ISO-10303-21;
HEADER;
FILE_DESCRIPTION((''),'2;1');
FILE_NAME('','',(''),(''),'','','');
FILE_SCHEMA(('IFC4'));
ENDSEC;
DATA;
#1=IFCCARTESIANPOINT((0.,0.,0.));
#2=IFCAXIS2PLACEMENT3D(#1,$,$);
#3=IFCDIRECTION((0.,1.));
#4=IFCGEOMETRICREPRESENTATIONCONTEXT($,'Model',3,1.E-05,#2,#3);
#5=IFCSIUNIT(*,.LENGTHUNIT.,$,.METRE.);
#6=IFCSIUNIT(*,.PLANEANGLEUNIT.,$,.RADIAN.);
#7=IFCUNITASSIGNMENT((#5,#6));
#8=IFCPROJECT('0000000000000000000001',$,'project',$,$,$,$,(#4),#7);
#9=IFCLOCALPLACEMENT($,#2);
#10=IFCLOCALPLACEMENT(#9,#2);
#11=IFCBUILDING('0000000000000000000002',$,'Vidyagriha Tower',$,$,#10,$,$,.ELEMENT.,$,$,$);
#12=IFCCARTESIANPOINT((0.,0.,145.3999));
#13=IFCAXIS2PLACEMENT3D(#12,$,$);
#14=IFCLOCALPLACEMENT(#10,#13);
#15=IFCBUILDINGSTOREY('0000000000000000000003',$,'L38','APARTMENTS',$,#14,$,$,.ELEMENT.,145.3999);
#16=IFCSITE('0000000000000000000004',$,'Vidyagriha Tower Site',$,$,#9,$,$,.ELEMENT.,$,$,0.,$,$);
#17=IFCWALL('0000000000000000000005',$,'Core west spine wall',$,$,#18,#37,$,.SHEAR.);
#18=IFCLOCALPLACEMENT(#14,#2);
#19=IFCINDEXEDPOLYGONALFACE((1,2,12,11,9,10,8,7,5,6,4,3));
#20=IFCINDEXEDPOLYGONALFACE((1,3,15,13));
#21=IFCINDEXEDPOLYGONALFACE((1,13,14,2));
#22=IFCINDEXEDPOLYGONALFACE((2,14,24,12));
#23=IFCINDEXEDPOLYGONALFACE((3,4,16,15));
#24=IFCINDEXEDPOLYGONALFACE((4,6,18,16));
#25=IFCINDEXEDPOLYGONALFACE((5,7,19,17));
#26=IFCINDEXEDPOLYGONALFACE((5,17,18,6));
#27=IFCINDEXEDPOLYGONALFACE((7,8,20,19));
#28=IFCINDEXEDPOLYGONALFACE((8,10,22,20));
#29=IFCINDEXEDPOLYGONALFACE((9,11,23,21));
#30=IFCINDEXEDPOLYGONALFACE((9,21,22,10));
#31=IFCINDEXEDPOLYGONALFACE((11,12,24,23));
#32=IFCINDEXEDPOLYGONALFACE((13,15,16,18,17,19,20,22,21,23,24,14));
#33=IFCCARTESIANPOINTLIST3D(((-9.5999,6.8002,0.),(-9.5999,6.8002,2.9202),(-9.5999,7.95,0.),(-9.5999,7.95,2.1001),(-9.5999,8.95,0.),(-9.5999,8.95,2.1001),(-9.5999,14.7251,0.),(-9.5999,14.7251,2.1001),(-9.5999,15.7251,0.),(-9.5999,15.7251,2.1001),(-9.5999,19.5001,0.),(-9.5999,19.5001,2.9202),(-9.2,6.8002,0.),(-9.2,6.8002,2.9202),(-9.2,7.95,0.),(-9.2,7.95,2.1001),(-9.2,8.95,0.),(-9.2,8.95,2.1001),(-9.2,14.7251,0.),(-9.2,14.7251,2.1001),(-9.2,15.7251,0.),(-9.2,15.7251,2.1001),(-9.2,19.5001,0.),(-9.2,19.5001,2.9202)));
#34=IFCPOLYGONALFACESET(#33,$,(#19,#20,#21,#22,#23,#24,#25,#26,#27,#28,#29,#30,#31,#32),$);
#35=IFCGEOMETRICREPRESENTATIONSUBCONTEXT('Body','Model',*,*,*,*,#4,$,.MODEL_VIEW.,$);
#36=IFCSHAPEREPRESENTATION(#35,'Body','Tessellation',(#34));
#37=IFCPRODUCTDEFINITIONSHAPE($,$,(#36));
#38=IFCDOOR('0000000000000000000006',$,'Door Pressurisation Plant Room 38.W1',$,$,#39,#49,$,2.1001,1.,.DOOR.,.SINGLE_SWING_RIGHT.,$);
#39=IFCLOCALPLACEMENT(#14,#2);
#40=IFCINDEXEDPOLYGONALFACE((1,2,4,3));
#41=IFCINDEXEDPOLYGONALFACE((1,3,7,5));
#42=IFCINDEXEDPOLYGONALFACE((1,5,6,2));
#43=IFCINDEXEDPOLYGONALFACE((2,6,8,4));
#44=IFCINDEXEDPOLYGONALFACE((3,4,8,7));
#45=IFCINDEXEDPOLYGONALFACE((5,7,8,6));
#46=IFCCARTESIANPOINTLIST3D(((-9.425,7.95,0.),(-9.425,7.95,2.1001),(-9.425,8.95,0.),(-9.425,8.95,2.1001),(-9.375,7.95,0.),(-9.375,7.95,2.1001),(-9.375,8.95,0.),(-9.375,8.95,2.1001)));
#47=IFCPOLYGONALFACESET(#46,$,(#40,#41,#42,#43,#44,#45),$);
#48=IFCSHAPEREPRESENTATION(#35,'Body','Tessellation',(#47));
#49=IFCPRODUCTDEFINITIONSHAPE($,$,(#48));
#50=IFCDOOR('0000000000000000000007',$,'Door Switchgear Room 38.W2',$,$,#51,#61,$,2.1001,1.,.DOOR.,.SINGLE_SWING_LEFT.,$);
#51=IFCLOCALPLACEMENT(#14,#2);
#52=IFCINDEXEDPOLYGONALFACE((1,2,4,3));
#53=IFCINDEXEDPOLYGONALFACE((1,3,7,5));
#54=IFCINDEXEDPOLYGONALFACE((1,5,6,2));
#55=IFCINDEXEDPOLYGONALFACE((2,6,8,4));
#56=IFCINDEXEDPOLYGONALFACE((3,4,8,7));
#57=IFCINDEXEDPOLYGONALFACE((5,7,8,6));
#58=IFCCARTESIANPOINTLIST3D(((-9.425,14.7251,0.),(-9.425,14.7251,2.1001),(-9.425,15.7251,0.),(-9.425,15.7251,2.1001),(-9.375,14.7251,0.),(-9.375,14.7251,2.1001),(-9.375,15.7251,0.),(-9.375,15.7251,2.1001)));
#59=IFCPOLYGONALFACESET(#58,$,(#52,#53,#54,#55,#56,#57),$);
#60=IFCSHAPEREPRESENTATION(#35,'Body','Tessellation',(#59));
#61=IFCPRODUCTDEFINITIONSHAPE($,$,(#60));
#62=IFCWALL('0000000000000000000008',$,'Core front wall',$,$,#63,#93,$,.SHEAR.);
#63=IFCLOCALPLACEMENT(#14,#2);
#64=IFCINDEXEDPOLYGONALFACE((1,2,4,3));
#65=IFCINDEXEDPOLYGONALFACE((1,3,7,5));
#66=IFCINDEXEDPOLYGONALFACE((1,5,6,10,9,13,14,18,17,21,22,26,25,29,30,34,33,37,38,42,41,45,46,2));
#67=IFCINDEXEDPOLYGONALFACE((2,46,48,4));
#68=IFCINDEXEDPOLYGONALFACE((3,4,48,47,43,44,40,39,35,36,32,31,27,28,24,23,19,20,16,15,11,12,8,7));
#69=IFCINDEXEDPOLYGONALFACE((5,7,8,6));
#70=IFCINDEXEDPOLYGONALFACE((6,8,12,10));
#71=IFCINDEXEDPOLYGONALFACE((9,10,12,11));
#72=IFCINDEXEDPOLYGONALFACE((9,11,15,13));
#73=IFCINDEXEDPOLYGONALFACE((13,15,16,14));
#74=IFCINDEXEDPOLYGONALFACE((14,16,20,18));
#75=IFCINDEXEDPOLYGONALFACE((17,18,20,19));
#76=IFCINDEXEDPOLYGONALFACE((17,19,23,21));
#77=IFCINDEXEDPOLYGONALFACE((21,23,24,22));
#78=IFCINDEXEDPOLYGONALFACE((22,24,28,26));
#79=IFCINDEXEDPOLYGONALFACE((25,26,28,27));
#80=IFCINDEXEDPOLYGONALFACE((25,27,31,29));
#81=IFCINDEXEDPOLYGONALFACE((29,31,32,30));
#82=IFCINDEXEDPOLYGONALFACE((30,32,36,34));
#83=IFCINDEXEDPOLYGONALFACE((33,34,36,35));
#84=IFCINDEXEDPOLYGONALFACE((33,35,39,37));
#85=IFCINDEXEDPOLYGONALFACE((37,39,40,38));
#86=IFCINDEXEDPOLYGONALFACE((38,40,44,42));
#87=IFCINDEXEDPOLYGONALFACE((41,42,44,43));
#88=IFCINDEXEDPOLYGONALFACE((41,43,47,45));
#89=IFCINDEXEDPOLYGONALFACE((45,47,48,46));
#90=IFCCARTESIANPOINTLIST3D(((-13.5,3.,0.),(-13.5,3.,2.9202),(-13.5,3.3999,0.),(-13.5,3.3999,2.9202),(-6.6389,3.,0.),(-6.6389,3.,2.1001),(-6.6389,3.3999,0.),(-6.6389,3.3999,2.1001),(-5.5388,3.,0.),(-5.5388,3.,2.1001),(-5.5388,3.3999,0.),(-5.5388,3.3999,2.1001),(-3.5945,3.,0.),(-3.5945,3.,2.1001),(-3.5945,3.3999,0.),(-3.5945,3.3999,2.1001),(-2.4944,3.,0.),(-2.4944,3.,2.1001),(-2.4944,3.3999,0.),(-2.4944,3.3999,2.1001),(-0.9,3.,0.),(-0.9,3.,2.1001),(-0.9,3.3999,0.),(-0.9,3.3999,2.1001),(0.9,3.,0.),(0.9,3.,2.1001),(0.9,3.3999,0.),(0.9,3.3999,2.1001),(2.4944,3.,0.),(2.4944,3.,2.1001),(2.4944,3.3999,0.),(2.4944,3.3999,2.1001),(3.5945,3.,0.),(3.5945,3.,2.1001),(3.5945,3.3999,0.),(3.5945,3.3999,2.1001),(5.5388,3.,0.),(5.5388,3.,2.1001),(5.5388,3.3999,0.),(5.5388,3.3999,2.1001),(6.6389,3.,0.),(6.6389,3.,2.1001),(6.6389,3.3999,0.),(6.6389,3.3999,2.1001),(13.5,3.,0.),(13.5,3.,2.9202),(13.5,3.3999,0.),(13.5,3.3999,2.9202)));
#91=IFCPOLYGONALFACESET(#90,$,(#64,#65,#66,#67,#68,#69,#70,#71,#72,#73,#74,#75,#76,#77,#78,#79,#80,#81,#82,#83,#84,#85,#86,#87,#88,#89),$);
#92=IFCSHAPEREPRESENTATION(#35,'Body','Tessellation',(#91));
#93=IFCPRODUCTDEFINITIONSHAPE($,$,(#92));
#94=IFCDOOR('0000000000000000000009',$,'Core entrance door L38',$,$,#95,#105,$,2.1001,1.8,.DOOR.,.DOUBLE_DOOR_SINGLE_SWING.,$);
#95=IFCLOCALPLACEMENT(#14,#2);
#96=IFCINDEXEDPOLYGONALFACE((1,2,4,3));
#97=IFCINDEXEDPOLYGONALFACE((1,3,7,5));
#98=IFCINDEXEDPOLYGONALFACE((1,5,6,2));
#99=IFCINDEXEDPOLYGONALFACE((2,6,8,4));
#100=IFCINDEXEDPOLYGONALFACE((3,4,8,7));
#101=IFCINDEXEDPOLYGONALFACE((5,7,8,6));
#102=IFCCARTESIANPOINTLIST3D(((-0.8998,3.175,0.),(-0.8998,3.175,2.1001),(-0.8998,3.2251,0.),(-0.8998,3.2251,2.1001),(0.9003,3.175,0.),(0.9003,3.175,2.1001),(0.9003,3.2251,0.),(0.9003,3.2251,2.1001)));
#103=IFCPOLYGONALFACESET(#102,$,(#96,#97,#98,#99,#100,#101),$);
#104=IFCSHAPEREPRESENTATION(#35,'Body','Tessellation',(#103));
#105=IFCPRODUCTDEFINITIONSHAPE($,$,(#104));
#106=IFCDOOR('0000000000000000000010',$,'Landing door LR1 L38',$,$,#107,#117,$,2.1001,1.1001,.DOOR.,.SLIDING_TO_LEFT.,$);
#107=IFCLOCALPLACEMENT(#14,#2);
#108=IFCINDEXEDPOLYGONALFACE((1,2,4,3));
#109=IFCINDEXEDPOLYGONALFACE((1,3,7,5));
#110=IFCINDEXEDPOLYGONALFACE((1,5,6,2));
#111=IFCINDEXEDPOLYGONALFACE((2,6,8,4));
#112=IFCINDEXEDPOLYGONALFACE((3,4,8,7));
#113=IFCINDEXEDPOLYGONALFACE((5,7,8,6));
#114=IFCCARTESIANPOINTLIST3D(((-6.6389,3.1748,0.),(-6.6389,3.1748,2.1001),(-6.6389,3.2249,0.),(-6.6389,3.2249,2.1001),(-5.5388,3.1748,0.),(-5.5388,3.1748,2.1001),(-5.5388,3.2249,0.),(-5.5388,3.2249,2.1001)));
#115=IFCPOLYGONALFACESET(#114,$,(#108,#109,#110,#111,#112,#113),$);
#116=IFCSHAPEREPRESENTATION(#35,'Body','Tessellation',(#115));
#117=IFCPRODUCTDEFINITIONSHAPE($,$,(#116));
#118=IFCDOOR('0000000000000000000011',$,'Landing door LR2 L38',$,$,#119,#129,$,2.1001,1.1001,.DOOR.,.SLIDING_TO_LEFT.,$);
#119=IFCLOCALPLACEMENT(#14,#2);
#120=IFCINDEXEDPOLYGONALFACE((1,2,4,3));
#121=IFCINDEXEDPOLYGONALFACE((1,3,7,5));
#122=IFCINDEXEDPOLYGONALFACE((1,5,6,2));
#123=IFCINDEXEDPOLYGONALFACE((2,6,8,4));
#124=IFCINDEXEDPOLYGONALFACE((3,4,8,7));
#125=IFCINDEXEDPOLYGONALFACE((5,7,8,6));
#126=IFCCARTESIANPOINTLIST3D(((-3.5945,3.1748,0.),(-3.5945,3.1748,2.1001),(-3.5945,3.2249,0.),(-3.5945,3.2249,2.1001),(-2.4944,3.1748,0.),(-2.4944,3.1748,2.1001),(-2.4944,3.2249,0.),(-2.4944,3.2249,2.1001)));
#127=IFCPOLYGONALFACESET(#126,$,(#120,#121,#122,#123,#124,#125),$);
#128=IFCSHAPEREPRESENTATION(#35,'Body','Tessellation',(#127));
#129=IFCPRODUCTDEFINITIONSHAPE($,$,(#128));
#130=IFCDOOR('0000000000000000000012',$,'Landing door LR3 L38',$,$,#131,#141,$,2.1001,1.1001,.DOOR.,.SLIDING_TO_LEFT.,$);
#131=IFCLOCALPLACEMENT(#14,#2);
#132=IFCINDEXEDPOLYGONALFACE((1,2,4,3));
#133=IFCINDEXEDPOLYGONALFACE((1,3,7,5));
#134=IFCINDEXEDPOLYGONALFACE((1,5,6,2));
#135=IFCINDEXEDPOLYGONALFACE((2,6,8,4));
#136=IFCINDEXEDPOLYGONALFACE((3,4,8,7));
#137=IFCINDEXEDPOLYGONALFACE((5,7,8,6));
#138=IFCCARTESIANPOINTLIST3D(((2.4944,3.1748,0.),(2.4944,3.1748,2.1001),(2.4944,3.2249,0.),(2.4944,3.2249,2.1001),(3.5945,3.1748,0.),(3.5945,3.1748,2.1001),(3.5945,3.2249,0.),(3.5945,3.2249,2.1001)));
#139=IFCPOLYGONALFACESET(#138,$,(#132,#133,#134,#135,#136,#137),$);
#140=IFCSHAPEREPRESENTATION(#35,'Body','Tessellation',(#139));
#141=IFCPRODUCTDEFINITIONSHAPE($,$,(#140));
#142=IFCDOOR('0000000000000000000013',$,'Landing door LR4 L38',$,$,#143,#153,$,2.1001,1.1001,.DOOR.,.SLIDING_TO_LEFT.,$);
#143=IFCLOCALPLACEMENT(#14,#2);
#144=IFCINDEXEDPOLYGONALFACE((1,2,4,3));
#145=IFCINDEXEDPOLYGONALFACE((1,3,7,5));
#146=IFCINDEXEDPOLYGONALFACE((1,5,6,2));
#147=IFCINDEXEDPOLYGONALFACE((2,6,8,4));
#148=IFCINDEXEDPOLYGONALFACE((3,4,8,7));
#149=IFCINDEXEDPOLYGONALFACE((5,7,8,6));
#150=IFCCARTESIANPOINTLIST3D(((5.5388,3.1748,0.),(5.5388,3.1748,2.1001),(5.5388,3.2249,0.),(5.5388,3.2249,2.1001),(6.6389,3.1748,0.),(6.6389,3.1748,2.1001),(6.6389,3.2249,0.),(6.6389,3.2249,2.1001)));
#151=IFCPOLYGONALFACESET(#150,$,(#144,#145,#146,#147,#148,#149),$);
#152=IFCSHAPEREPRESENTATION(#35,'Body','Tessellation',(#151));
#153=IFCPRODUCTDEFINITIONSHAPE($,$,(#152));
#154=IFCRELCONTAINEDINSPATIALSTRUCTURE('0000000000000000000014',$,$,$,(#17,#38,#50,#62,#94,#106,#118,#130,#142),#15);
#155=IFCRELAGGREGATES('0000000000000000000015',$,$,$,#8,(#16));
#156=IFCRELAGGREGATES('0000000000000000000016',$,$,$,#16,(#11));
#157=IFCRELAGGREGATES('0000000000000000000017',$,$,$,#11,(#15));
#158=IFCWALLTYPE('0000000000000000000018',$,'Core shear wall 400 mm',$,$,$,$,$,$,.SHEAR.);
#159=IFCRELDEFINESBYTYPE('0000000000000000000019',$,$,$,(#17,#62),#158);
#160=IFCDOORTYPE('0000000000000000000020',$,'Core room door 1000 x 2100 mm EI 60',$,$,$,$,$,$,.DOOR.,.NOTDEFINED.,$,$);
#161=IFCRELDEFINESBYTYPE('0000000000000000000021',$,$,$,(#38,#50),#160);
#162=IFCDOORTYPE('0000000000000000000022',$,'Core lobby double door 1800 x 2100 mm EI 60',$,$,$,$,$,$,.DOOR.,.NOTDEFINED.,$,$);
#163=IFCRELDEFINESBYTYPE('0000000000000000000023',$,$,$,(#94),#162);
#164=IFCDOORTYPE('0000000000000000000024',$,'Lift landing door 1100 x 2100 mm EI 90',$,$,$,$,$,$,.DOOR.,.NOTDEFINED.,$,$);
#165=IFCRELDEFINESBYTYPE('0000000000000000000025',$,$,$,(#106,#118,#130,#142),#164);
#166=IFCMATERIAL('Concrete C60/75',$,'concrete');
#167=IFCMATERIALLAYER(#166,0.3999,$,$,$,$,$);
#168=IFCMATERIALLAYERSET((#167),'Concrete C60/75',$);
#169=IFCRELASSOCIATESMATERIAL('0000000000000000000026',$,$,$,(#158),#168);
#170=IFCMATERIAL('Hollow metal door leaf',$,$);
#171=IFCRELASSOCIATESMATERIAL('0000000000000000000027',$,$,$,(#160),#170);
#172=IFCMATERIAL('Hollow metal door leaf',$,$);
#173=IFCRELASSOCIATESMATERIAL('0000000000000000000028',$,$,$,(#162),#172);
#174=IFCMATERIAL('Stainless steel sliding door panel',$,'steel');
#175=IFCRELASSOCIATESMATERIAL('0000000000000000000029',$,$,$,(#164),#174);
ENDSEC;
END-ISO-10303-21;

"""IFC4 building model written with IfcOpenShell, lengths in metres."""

from ifc_helpers import new_model, si_unit, direction, frame, frame_2d, origin, place, context, subcontext, project, spatial, rectangle, extrude, material, layer, layer_set, type_object, element, fill, save


model = new_model("IFC4")

# Units and contexts
model_context = context("Model", 3, precision=1e-05, world=origin(), true_north=direction((0.0, 1.0)))
body_context = subcontext(model_context, "Body", "Model", "MODEL_VIEW")
ifc_project = project(units=[si_unit("LENGTHUNIT", "METRE"), si_unit("PLANEANGLEUNIT", "RADIAN")], contexts=[model_context])

# Site, building, storey
site_placement = place(None, origin())
site = spatial("IfcSite", under=ifc_project, at=site_placement, Name="Vidyagriha Tower Site", CompositionType="ELEMENT", RefElevation=0.0)
building_placement = place(site_placement, origin())
building = spatial("IfcBuilding", under=site, at=building_placement, Name="Vidyagriha Tower", CompositionType="ELEMENT")
storey_placement = place(building_placement, frame((0.0, 0.0, 145.3999)))
storey = spatial("IfcBuildingStorey", under=building, at=storey_placement, Name="L38", Description="APARTMENTS", CompositionType="ELEMENT", Elevation=145.3999)

# Walls, openings, doors
ifc_material_1 = material(Name="Concrete C60/75", Category="concrete")
ifc_layer_1 = layer(ifc_material_1, 0.3999)
ifc_layer_set_1 = layer_set([ifc_layer_1], Name="Concrete C60/75")
wall_type_1 = type_object("IfcWallType", Name="Core shear wall 400 mm", PredefinedType="SHEAR", material=ifc_layer_set_1)
wall_1_placement = place(storey_placement, frame((-9.3999, 6.8, 0.0), z_axis=(0.0, 0.0, 1.0), x_axis=(0.0, 1.0, 0.0)))
wall_1 = element("IfcWall", 1, at=wall_1_placement, inside=storey, type_object=wall_type_1, Name="Core west spine wall", PredefinedType="SHEAR", context=body_context, shape_type="SweptSolid", body=[
    extrude(rectangle(XDim=12.7, YDim=0.3999, at=frame_2d((6.3501, 0.0))), origin(), (0.0, 0.0, 1.0), 2.9202),
])
opening_1_placement = place(wall_1_placement, frame((1.1499, 0.0, 0.0)))
opening_1 = element("IfcOpeningElement", 2, at=opening_1_placement, cuts=wall_1, PredefinedType="OPENING", context=body_context, shape_type="SweptSolid", body=[
    extrude(rectangle(XDim=1.0, YDim=2.1001, at=frame_2d((0.5, 1.05))), frame((0.0, 0.21, 0.0), z_axis=(0.0, -1.0, 0.0), x_axis=(1.0, 0.0, 0.0)), (0.0, 0.0, 1.0), 0.4199),
])
opening_2_placement = place(wall_1_placement, frame((7.925, 0.0, 0.0)))
opening_2 = element("IfcOpeningElement", 3, at=opening_2_placement, cuts=wall_1, PredefinedType="OPENING", context=body_context, shape_type="SweptSolid", body=[
    extrude(rectangle(XDim=1.0, YDim=2.1001, at=frame_2d((0.5, 1.05))), frame((0.0, 0.21, 0.0), z_axis=(0.0, -1.0, 0.0), x_axis=(1.0, 0.0, 0.0)), (0.0, 0.0, 1.0), 0.4199),
])
ifc_material_2 = material(Name="Hollow metal door leaf")
door_type_1 = type_object("IfcDoorType", Name="Core room door 1000 x 2100 mm EI 60", OperationType="NOTDEFINED", PredefinedType="DOOR", material=ifc_material_2)
door_1_placement = place(opening_1_placement, frame((1.0, 0.0, 0.0), z_axis=(0.0, 0.0, 1.0), x_axis=(-1.0, 0.0, 0.0)))
door_1 = element("IfcDoor", 4, at=door_1_placement, inside=storey, type_object=door_type_1, Name="Door Pressurisation Plant Room 38.W1", OperationType="SINGLE_SWING_RIGHT", OverallHeight=2.1001, OverallWidth=1.0, PredefinedType="DOOR", context=body_context, shape_type="SweptSolid", body=[
    extrude(rectangle(XDim=1.0, YDim=2.1001, at=frame_2d((0.5, 1.05))), frame((0.0, 0.0249, 0.0), z_axis=(0.0, -1.0, 0.0), x_axis=(1.0, 0.0, 0.0)), (0.0, 0.0, 1.0), 0.05),
])
fill(opening_1, door_1)
door_2_placement = place(opening_2_placement, frame((1.0, 0.0, 0.0), z_axis=(0.0, 0.0, 1.0), x_axis=(-1.0, 0.0, 0.0)))
door_2 = element("IfcDoor", 5, at=door_2_placement, inside=storey, type_object=door_type_1, Name="Door Switchgear Room 38.W2", OperationType="SINGLE_SWING_LEFT", OverallHeight=2.1001, OverallWidth=1.0, PredefinedType="DOOR", context=body_context, shape_type="SweptSolid", body=[
    extrude(rectangle(XDim=1.0, YDim=2.1001, at=frame_2d((0.5, 1.05))), frame((0.0, 0.0249, 0.0), z_axis=(0.0, -1.0, 0.0), x_axis=(1.0, 0.0, 0.0)), (0.0, 0.0, 1.0), 0.05),
])
fill(opening_2, door_2)
wall_2_placement = place(storey_placement, frame((-13.5, 3.2, 0.0)))
wall_2 = element("IfcWall", 6, at=wall_2_placement, inside=storey, type_object=wall_type_1, Name="Core front wall", PredefinedType="SHEAR", context=body_context, shape_type="SweptSolid", body=[
    extrude(rectangle(XDim=27.0, YDim=0.3999, at=frame_2d((13.5, 0.0))), origin(), (0.0, 0.0, 1.0), 2.9202),
])
opening_3_placement = place(wall_2_placement, frame((6.8611, 0.0, 0.0)))
opening_3 = element("IfcOpeningElement", 7, at=opening_3_placement, cuts=wall_2, PredefinedType="OPENING", context=body_context, shape_type="SweptSolid", body=[
    extrude(rectangle(XDim=1.1001, YDim=2.1001, at=frame_2d((0.55, 1.05))), frame((0.0, 0.21, 0.0), z_axis=(0.0, -1.0, 0.0), x_axis=(1.0, 0.0, 0.0)), (0.0, 0.0, 1.0), 0.4199),
])
opening_4_placement = place(wall_2_placement, frame((9.9055, 0.0, 0.0)))
opening_4 = element("IfcOpeningElement", 8, at=opening_4_placement, cuts=wall_2, PredefinedType="OPENING", context=body_context, shape_type="SweptSolid", body=[
    extrude(rectangle(XDim=1.1001, YDim=2.1001, at=frame_2d((0.55, 1.05))), frame((0.0, 0.21, 0.0), z_axis=(0.0, -1.0, 0.0), x_axis=(1.0, 0.0, 0.0)), (0.0, 0.0, 1.0), 0.4199),
])
opening_5_placement = place(wall_2_placement, frame((15.9944, 0.0, 0.0)))
opening_5 = element("IfcOpeningElement", 9, at=opening_5_placement, cuts=wall_2, PredefinedType="OPENING", context=body_context, shape_type="SweptSolid", body=[
    extrude(rectangle(XDim=1.1001, YDim=2.1001, at=frame_2d((0.55, 1.05))), frame((0.0, 0.21, 0.0), z_axis=(0.0, -1.0, 0.0), x_axis=(1.0, 0.0, 0.0)), (0.0, 0.0, 1.0), 0.4199),
])
opening_6_placement = place(wall_2_placement, frame((19.0388, 0.0, 0.0)))
opening_6 = element("IfcOpeningElement", 10, at=opening_6_placement, cuts=wall_2, PredefinedType="OPENING", context=body_context, shape_type="SweptSolid", body=[
    extrude(rectangle(XDim=1.1001, YDim=2.1001, at=frame_2d((0.55, 1.05))), frame((0.0, 0.21, 0.0), z_axis=(0.0, -1.0, 0.0), x_axis=(1.0, 0.0, 0.0)), (0.0, 0.0, 1.0), 0.4199),
])
opening_7_placement = place(wall_2_placement, frame((12.6001, 0.0, 0.0)))
opening_7 = element("IfcOpeningElement", 11, at=opening_7_placement, cuts=wall_2, PredefinedType="OPENING", context=body_context, shape_type="SweptSolid", body=[
    extrude(rectangle(XDim=1.8, YDim=2.1001, at=frame_2d((0.8999, 1.05))), frame((0.0, 0.21, 0.0), z_axis=(0.0, -1.0, 0.0), x_axis=(1.0, 0.0, 0.0)), (0.0, 0.0, 1.0), 0.4199),
])
ifc_material_3 = material(Name="Hollow metal door leaf")
door_type_2 = type_object("IfcDoorType", Name="Core lobby double door 1800 x 2100 mm EI 60", OperationType="NOTDEFINED", PredefinedType="DOOR", material=ifc_material_3)
door_3_placement = place(opening_7_placement, frame((1.8, 0.0, 0.0), z_axis=(0.0, 0.0, 1.0), x_axis=(-1.0, 0.0, 0.0)))
door_3 = element("IfcDoor", 12, at=door_3_placement, inside=storey, type_object=door_type_2, Name="Core entrance door L38", OperationType="DOUBLE_DOOR_SINGLE_SWING", OverallHeight=2.1001, OverallWidth=1.8, PredefinedType="DOOR", context=body_context, shape_type="SweptSolid", body=[
    extrude(rectangle(XDim=1.8, YDim=2.1001, at=frame_2d((0.8999, 1.05))), frame((0.0, 0.0249, 0.0), z_axis=(0.0, -1.0, 0.0), x_axis=(1.0, 0.0, 0.0)), (0.0, 0.0, 1.0), 0.05),
])
fill(opening_7, door_3)
ifc_material_4 = material(Name="Stainless steel sliding door panel", Category="steel")
door_type_3 = type_object("IfcDoorType", Name="Lift landing door 1100 x 2100 mm EI 90", OperationType="NOTDEFINED", PredefinedType="DOOR", material=ifc_material_4)
door_4_placement = place(opening_3_placement, origin())
door_4 = element("IfcDoor", 13, at=door_4_placement, inside=storey, type_object=door_type_3, Name="Landing door LR1 L38", OperationType="SLIDING_TO_LEFT", OverallHeight=2.1001, OverallWidth=1.1001, PredefinedType="DOOR", context=body_context, shape_type="SweptSolid", body=[
    extrude(rectangle(XDim=1.1001, YDim=2.1001, at=frame_2d((0.55, 1.05))), frame((0.0, 0.0249, 0.0), z_axis=(0.0, -1.0, 0.0), x_axis=(1.0, 0.0, 0.0)), (0.0, 0.0, 1.0), 0.05),
])
fill(opening_3, door_4)
door_5_placement = place(opening_4_placement, origin())
door_5 = element("IfcDoor", 14, at=door_5_placement, inside=storey, type_object=door_type_3, Name="Landing door LR2 L38", OperationType="SLIDING_TO_LEFT", OverallHeight=2.1001, OverallWidth=1.1001, PredefinedType="DOOR", context=body_context, shape_type="SweptSolid", body=[
    extrude(rectangle(XDim=1.1001, YDim=2.1001, at=frame_2d((0.55, 1.05))), frame((0.0, 0.0249, 0.0), z_axis=(0.0, -1.0, 0.0), x_axis=(1.0, 0.0, 0.0)), (0.0, 0.0, 1.0), 0.05),
])
fill(opening_4, door_5)
door_6_placement = place(opening_5_placement, origin())
door_6 = element("IfcDoor", 15, at=door_6_placement, inside=storey, type_object=door_type_3, Name="Landing door LR3 L38", OperationType="SLIDING_TO_LEFT", OverallHeight=2.1001, OverallWidth=1.1001, PredefinedType="DOOR", context=body_context, shape_type="SweptSolid", body=[
    extrude(rectangle(XDim=1.1001, YDim=2.1001, at=frame_2d((0.55, 1.05))), frame((0.0, 0.0249, 0.0), z_axis=(0.0, -1.0, 0.0), x_axis=(1.0, 0.0, 0.0)), (0.0, 0.0, 1.0), 0.05),
])
fill(opening_5, door_6)
door_7_placement = place(opening_6_placement, origin())
door_7 = element("IfcDoor", 16, at=door_7_placement, inside=storey, type_object=door_type_3, Name="Landing door LR4 L38", OperationType="SLIDING_TO_LEFT", OverallHeight=2.1001, OverallWidth=1.1001, PredefinedType="DOOR", context=body_context, shape_type="SweptSolid", body=[
    extrude(rectangle(XDim=1.1001, YDim=2.1001, at=frame_2d((0.55, 1.05))), frame((0.0, 0.0249, 0.0), z_axis=(0.0, -1.0, 0.0), x_axis=(1.0, 0.0, 0.0)), (0.0, 0.0, 1.0), 0.05),
])
fill(opening_6, door_7)

save(model, "model.ifc")
